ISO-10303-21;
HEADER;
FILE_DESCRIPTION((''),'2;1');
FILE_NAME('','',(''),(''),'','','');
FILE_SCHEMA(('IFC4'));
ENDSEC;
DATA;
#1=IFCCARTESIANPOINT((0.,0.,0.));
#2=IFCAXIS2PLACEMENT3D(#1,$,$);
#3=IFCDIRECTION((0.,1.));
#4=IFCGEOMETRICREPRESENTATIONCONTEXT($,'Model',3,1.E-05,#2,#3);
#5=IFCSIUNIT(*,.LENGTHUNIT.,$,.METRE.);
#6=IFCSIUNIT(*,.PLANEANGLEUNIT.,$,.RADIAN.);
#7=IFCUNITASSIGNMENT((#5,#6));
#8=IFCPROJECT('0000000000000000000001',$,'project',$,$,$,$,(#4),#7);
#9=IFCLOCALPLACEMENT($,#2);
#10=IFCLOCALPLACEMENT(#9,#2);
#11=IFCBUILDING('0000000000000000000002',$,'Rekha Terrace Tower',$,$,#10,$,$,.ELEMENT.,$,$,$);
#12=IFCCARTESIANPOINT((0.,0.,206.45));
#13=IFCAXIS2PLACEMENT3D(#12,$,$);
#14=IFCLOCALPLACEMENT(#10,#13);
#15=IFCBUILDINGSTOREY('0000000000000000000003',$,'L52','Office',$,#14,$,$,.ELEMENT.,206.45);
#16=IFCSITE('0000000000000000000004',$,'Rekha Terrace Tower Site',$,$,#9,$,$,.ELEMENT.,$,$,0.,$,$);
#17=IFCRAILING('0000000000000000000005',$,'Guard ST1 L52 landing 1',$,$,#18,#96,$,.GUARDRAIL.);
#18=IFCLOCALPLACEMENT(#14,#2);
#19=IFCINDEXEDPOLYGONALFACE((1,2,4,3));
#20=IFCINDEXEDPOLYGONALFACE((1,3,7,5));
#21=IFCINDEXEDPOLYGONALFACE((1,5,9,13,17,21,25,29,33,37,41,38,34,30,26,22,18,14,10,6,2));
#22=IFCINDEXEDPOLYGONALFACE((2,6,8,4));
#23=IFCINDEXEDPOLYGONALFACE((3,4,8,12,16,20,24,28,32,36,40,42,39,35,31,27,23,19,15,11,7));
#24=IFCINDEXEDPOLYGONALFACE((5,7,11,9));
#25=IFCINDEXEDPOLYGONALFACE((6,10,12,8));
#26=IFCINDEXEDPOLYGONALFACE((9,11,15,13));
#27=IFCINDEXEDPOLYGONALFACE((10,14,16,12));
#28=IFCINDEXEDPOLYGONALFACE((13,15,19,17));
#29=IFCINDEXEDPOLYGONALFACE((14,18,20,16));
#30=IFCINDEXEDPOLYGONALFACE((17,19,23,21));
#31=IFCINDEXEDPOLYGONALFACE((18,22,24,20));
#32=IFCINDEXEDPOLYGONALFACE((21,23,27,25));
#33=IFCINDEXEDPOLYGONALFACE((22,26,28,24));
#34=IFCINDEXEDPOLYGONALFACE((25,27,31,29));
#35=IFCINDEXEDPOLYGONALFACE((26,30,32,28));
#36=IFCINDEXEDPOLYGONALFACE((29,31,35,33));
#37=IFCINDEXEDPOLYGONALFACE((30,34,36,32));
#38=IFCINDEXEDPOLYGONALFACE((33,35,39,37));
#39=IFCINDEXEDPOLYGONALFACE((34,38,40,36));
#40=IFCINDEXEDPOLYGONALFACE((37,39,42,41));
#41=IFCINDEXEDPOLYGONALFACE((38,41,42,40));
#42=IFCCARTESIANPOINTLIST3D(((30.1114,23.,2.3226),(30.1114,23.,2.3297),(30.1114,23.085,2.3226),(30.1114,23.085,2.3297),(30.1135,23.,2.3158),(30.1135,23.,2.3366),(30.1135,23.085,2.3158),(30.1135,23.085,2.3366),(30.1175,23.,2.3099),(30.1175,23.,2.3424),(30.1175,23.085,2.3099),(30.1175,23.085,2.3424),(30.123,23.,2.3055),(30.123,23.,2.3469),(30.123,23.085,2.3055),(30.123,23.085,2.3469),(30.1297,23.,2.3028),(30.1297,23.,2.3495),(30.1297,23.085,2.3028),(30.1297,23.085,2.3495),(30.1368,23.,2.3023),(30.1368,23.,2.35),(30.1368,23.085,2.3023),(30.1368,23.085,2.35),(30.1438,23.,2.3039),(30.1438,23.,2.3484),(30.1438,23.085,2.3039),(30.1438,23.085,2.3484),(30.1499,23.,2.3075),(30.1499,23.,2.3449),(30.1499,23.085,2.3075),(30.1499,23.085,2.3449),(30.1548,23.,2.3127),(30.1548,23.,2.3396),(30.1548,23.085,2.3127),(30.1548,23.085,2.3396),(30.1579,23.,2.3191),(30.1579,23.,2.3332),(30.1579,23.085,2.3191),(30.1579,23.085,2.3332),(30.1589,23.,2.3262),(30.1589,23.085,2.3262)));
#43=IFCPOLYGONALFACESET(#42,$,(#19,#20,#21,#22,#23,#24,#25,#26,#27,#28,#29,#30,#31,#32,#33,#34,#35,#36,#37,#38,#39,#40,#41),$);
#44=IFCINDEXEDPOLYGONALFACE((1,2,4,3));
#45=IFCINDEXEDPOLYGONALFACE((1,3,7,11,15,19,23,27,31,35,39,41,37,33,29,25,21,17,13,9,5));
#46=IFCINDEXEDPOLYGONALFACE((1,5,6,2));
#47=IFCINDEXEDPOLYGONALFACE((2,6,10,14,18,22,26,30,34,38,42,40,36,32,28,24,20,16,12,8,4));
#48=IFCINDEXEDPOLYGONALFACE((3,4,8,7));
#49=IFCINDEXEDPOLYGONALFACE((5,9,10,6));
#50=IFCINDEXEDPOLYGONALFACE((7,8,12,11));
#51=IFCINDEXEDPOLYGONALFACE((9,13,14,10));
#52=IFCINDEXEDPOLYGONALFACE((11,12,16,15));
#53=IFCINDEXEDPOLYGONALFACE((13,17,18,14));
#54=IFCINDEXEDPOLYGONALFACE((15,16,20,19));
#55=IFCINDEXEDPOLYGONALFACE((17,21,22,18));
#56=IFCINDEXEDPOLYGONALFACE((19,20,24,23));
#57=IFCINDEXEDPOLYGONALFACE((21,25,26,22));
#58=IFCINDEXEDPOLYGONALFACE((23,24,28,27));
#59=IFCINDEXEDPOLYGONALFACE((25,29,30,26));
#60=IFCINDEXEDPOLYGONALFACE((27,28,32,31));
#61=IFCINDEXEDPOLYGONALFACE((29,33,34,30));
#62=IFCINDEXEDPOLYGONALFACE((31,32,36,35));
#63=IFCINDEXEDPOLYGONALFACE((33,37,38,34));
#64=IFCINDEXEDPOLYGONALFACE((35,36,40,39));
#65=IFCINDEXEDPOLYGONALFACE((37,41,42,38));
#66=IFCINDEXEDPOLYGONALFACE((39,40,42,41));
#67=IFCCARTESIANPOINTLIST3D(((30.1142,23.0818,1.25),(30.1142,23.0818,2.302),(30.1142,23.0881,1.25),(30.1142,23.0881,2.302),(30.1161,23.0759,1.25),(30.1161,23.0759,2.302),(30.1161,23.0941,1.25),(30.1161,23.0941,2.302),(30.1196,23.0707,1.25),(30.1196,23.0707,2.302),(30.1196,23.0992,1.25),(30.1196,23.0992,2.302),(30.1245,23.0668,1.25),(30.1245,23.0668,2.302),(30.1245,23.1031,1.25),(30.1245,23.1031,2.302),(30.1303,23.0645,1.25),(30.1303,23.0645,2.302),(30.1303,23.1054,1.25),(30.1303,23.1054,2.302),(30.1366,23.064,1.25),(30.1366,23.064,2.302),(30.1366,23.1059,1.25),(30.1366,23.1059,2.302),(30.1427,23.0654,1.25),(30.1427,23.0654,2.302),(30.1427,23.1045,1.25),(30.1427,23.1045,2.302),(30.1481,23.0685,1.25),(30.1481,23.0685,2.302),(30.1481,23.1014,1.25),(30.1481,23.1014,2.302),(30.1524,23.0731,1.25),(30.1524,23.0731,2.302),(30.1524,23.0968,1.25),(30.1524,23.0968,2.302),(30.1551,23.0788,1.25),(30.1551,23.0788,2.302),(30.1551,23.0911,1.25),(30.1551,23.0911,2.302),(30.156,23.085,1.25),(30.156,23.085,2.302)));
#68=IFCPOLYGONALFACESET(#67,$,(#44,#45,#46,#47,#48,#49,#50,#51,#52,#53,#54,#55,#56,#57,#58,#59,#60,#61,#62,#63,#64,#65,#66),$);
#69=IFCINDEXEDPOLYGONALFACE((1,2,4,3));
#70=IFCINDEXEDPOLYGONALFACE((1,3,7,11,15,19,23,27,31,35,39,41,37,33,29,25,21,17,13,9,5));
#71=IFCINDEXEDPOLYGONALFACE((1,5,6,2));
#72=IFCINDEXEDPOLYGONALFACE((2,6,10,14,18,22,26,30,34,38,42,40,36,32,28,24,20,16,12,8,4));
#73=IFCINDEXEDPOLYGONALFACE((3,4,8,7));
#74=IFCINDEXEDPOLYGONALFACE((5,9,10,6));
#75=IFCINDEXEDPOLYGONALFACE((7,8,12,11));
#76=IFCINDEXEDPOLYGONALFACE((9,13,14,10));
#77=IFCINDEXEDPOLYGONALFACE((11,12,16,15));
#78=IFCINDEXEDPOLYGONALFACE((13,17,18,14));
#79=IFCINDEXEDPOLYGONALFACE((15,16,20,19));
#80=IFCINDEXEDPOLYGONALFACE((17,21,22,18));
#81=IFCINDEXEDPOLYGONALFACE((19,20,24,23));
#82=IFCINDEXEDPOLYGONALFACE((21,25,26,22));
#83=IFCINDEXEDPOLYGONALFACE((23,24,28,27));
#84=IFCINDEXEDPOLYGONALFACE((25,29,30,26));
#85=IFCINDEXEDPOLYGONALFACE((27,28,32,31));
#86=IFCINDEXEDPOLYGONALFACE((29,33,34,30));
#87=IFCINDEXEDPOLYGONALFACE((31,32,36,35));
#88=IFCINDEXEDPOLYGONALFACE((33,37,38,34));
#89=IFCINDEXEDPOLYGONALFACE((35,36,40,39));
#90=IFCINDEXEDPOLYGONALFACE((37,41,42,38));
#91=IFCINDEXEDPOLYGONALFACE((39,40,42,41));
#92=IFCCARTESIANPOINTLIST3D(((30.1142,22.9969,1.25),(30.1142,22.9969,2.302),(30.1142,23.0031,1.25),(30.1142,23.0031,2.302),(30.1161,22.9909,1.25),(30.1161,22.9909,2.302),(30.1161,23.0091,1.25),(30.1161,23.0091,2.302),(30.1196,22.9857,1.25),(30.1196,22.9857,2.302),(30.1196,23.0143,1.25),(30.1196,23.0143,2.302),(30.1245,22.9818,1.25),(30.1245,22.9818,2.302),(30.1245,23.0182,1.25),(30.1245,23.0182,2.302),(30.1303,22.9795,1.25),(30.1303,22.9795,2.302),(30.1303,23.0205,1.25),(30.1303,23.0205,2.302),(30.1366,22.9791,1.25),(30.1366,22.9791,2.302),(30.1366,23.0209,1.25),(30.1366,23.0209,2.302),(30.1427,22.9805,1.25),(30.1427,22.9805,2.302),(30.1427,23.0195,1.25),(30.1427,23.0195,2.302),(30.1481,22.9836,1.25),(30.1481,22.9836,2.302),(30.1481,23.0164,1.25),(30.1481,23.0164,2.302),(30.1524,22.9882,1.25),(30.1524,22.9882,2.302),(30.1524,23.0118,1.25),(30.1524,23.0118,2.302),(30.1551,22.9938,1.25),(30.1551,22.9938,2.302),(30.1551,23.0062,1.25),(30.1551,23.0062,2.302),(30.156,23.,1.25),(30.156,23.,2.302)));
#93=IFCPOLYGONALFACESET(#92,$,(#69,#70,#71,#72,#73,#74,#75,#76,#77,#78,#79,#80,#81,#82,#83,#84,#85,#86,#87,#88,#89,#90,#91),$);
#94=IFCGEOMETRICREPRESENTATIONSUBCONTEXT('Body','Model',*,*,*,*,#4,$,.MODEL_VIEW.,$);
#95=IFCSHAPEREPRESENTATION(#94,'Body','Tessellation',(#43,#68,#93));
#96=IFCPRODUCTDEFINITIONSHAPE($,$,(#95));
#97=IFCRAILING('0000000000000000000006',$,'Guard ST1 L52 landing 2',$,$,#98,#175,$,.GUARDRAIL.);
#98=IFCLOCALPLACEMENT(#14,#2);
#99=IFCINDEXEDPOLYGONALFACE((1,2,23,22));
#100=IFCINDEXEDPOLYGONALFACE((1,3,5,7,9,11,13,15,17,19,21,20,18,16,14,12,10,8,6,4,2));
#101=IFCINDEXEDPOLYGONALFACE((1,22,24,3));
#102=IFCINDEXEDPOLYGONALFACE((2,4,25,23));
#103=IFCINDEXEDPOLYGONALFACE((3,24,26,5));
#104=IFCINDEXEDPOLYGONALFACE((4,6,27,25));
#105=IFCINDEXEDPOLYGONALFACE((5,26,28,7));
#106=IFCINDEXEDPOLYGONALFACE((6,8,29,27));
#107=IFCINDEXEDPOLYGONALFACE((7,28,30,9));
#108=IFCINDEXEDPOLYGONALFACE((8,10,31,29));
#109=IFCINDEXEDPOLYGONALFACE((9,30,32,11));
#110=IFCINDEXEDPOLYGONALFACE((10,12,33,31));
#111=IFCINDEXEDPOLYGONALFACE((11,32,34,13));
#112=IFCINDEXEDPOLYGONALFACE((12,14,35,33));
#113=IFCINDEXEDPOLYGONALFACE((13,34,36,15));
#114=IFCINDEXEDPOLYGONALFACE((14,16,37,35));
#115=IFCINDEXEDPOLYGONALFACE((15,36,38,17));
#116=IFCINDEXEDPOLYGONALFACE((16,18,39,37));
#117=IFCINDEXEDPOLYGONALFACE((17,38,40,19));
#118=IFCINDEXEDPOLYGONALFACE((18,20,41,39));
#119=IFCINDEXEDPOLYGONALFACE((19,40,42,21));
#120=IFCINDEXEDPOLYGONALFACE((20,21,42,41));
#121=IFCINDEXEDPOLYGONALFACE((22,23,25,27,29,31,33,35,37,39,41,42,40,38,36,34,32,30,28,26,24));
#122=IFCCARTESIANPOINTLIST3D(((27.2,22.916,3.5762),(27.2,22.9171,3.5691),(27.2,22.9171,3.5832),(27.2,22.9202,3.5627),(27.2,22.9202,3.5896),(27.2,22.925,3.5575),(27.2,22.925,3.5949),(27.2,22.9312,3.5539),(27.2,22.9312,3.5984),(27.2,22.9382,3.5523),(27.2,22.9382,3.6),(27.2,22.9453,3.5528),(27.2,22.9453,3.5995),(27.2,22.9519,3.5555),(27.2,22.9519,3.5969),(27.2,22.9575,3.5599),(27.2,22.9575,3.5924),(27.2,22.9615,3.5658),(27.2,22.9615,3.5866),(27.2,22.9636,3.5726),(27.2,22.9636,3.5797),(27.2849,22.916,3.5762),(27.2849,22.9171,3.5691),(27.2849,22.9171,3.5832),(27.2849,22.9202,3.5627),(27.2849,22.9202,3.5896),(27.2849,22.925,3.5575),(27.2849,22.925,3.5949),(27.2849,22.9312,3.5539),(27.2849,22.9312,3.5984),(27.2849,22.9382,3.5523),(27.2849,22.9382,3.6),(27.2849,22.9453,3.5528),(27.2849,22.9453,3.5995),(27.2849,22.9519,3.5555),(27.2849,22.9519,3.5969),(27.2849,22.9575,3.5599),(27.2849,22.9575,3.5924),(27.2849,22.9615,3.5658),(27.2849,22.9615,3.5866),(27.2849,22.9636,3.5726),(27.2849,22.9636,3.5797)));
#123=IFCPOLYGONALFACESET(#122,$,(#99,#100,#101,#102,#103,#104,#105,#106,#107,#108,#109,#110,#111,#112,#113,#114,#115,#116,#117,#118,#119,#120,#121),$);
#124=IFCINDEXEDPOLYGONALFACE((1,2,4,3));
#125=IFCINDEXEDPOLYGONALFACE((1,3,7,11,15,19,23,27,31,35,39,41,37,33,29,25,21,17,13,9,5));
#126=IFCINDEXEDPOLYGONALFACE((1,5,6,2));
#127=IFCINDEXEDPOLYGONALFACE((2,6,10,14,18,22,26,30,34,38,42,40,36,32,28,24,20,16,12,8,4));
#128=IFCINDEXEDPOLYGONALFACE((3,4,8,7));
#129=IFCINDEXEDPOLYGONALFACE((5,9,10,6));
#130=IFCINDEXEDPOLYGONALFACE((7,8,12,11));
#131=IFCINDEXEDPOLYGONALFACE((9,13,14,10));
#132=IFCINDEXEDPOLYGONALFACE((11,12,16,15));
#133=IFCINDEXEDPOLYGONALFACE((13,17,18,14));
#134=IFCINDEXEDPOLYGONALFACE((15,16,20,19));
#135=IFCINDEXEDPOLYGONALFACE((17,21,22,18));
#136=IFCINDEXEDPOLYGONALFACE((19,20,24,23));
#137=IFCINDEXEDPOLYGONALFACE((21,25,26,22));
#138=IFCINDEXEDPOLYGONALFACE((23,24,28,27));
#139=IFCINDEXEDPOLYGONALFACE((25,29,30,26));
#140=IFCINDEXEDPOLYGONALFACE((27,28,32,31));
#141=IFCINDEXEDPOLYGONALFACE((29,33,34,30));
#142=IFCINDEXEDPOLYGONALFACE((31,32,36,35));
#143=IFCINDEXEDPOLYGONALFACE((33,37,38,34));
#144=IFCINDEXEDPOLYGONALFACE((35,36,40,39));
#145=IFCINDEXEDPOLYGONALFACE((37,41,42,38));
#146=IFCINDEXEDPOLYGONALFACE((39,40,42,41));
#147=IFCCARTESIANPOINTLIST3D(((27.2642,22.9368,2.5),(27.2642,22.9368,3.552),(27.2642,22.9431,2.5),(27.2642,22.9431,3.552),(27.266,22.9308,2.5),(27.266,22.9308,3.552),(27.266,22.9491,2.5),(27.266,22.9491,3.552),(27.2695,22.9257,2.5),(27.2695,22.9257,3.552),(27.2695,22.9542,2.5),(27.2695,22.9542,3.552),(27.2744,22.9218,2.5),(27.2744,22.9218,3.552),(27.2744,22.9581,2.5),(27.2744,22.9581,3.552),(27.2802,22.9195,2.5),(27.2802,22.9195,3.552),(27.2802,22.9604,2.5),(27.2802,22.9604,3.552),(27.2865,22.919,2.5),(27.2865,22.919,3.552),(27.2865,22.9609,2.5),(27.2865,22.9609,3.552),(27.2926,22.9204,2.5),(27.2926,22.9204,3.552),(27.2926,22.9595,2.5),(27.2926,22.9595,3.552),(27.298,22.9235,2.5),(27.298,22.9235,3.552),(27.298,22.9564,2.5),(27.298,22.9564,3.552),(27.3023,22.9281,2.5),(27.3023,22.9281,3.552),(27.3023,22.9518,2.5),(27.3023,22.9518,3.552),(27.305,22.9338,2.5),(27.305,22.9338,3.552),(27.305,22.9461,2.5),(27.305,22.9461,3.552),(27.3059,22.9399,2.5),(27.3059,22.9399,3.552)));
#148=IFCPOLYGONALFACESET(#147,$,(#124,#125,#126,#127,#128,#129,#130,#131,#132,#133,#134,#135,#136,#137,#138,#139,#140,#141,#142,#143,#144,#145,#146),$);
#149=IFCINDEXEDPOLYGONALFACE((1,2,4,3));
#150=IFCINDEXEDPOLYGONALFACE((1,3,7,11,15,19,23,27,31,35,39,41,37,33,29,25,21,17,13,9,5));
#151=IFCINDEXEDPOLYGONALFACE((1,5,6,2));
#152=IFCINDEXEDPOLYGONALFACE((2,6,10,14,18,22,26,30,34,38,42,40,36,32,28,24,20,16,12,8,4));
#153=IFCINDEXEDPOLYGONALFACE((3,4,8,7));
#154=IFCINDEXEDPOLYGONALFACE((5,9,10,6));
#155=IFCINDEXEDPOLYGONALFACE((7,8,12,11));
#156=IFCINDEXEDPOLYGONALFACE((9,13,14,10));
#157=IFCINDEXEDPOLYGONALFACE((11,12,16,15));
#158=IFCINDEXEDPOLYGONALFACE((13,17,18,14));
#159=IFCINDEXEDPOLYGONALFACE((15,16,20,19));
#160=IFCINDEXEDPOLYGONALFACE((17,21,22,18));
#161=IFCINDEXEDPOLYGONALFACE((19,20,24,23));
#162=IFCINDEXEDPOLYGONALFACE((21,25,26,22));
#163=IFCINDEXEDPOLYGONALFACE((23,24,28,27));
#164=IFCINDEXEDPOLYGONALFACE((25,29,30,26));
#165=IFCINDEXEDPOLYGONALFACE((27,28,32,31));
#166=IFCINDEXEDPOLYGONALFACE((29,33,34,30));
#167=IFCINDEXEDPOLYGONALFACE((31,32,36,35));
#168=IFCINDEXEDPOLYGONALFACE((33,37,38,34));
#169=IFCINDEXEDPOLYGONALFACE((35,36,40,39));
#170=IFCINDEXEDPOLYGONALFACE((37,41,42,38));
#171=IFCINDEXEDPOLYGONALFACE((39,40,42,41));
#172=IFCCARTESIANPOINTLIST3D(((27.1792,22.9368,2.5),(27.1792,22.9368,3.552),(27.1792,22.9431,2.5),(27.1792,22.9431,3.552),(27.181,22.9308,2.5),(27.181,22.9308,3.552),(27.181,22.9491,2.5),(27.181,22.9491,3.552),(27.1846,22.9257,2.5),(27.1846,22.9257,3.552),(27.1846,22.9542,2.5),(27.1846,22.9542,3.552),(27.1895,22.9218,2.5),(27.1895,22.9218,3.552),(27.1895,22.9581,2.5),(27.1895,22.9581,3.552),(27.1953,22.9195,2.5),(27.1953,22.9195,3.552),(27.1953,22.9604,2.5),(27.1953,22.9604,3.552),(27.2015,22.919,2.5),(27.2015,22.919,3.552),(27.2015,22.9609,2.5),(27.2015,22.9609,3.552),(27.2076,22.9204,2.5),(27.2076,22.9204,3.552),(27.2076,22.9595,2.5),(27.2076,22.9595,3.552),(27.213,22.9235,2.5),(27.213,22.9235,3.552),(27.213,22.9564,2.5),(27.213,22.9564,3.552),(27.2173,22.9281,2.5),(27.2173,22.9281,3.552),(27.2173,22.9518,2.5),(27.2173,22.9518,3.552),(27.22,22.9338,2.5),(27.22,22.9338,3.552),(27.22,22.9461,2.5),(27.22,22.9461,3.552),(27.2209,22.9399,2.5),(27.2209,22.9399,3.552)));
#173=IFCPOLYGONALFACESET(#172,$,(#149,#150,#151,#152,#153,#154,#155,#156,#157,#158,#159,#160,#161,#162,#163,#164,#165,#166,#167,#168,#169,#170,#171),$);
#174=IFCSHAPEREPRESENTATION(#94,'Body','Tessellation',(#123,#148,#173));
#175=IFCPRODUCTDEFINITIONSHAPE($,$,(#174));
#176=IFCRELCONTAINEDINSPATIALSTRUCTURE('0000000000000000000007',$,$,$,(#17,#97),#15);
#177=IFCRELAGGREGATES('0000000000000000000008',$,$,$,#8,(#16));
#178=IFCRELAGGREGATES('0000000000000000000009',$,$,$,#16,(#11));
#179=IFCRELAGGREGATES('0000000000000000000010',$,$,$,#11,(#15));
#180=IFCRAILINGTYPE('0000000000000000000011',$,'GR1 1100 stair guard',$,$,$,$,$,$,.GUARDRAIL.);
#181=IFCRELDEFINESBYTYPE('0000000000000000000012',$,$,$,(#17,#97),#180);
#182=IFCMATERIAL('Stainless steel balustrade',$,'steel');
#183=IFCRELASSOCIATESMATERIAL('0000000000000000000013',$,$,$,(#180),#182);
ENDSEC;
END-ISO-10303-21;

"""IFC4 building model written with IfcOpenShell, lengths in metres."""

from ifc_helpers import new_model, si_unit, direction, frame, origin, origin_2d, place, context, subcontext, project, spatial, circle, extrude, material, type_object, element, save


model = new_model("IFC4")

# Units and contexts
model_context = context("Model", 3, precision=1e-05, world=origin(), true_north=direction((0.0, 1.0)))
body_context = subcontext(model_context, "Body", "Model", "MODEL_VIEW")
ifc_project = project(units=[si_unit("LENGTHUNIT", "METRE"), si_unit("PLANEANGLEUNIT", "RADIAN")], contexts=[model_context])

# Site, building, storey
site_placement = place(None, origin())
site = spatial("IfcSite", under=ifc_project, at=site_placement, Name="Rekha Terrace Tower Site", CompositionType="ELEMENT", RefElevation=0.0)
building_placement = place(site_placement, origin())
building = spatial("IfcBuilding", under=site, at=building_placement, Name="Rekha Terrace Tower", CompositionType="ELEMENT")
storey_placement = place(building_placement, frame((0.0, 0.0, 206.45)))
storey = spatial("IfcBuildingStorey", under=building, at=storey_placement, Name="L52", Description="Office", CompositionType="ELEMENT", Elevation=206.45)

# Railings
ifc_material_1 = material(Name="Stainless steel balustrade", Category="steel")
railing_type_1 = type_object("IfcRailingType", Name="GR1 1100 stair guard", PredefinedType="GUARDRAIL", material=ifc_material_1)
railing_1_placement = place(storey_placement, frame((30.135, 23.085, 1.25)))
element("IfcRailing", 1, at=railing_1_placement, inside=storey, type_object=railing_type_1, Name="Guard ST1 L52 landing 1", PredefinedType="GUARDRAIL", context=body_context, shape_type="SweptSolid", body=[
    extrude(circle(Radius=0.0239, at=origin_2d()), frame((0.0, 0.0, 1.0762), z_axis=(0.0, -1.0, 0.0), x_axis=(1.0, 0.0, 0.0)), (0.0, 0.0, 1.0), 0.085),
    extrude(circle(Radius=0.021, at=origin_2d()), origin(), (0.0, 0.0, 1.0), 1.052),
    extrude(circle(Radius=0.021, at=origin_2d()), frame((0.0, -0.085, 0.0)), (0.0, 0.0, 1.0), 1.052),
])
railing_2_placement = place(storey_placement, frame((27.2849, 22.9399, 2.5)))
element("IfcRailing", 2, at=railing_2_placement, inside=storey, type_object=railing_type_1, Name="Guard ST1 L52 landing 2", PredefinedType="GUARDRAIL", context=body_context, shape_type="SweptSolid", body=[
    extrude(circle(Radius=0.0239, at=origin_2d()), frame((0.0, 0.0, 1.0762), z_axis=(-1.0, 0.0, 0.0), x_axis=(0.0, -1.0, 0.0)), (0.0, 0.0, 1.0), 0.085),
    extrude(circle(Radius=0.021, at=origin_2d()), origin(), (0.0, 0.0, 1.0), 1.052),
    extrude(circle(Radius=0.021, at=origin_2d()), frame((-0.085, 0.0, 0.0)), (0.0, 0.0, 1.0), 1.052),
])

save(model, "model.ifc")
